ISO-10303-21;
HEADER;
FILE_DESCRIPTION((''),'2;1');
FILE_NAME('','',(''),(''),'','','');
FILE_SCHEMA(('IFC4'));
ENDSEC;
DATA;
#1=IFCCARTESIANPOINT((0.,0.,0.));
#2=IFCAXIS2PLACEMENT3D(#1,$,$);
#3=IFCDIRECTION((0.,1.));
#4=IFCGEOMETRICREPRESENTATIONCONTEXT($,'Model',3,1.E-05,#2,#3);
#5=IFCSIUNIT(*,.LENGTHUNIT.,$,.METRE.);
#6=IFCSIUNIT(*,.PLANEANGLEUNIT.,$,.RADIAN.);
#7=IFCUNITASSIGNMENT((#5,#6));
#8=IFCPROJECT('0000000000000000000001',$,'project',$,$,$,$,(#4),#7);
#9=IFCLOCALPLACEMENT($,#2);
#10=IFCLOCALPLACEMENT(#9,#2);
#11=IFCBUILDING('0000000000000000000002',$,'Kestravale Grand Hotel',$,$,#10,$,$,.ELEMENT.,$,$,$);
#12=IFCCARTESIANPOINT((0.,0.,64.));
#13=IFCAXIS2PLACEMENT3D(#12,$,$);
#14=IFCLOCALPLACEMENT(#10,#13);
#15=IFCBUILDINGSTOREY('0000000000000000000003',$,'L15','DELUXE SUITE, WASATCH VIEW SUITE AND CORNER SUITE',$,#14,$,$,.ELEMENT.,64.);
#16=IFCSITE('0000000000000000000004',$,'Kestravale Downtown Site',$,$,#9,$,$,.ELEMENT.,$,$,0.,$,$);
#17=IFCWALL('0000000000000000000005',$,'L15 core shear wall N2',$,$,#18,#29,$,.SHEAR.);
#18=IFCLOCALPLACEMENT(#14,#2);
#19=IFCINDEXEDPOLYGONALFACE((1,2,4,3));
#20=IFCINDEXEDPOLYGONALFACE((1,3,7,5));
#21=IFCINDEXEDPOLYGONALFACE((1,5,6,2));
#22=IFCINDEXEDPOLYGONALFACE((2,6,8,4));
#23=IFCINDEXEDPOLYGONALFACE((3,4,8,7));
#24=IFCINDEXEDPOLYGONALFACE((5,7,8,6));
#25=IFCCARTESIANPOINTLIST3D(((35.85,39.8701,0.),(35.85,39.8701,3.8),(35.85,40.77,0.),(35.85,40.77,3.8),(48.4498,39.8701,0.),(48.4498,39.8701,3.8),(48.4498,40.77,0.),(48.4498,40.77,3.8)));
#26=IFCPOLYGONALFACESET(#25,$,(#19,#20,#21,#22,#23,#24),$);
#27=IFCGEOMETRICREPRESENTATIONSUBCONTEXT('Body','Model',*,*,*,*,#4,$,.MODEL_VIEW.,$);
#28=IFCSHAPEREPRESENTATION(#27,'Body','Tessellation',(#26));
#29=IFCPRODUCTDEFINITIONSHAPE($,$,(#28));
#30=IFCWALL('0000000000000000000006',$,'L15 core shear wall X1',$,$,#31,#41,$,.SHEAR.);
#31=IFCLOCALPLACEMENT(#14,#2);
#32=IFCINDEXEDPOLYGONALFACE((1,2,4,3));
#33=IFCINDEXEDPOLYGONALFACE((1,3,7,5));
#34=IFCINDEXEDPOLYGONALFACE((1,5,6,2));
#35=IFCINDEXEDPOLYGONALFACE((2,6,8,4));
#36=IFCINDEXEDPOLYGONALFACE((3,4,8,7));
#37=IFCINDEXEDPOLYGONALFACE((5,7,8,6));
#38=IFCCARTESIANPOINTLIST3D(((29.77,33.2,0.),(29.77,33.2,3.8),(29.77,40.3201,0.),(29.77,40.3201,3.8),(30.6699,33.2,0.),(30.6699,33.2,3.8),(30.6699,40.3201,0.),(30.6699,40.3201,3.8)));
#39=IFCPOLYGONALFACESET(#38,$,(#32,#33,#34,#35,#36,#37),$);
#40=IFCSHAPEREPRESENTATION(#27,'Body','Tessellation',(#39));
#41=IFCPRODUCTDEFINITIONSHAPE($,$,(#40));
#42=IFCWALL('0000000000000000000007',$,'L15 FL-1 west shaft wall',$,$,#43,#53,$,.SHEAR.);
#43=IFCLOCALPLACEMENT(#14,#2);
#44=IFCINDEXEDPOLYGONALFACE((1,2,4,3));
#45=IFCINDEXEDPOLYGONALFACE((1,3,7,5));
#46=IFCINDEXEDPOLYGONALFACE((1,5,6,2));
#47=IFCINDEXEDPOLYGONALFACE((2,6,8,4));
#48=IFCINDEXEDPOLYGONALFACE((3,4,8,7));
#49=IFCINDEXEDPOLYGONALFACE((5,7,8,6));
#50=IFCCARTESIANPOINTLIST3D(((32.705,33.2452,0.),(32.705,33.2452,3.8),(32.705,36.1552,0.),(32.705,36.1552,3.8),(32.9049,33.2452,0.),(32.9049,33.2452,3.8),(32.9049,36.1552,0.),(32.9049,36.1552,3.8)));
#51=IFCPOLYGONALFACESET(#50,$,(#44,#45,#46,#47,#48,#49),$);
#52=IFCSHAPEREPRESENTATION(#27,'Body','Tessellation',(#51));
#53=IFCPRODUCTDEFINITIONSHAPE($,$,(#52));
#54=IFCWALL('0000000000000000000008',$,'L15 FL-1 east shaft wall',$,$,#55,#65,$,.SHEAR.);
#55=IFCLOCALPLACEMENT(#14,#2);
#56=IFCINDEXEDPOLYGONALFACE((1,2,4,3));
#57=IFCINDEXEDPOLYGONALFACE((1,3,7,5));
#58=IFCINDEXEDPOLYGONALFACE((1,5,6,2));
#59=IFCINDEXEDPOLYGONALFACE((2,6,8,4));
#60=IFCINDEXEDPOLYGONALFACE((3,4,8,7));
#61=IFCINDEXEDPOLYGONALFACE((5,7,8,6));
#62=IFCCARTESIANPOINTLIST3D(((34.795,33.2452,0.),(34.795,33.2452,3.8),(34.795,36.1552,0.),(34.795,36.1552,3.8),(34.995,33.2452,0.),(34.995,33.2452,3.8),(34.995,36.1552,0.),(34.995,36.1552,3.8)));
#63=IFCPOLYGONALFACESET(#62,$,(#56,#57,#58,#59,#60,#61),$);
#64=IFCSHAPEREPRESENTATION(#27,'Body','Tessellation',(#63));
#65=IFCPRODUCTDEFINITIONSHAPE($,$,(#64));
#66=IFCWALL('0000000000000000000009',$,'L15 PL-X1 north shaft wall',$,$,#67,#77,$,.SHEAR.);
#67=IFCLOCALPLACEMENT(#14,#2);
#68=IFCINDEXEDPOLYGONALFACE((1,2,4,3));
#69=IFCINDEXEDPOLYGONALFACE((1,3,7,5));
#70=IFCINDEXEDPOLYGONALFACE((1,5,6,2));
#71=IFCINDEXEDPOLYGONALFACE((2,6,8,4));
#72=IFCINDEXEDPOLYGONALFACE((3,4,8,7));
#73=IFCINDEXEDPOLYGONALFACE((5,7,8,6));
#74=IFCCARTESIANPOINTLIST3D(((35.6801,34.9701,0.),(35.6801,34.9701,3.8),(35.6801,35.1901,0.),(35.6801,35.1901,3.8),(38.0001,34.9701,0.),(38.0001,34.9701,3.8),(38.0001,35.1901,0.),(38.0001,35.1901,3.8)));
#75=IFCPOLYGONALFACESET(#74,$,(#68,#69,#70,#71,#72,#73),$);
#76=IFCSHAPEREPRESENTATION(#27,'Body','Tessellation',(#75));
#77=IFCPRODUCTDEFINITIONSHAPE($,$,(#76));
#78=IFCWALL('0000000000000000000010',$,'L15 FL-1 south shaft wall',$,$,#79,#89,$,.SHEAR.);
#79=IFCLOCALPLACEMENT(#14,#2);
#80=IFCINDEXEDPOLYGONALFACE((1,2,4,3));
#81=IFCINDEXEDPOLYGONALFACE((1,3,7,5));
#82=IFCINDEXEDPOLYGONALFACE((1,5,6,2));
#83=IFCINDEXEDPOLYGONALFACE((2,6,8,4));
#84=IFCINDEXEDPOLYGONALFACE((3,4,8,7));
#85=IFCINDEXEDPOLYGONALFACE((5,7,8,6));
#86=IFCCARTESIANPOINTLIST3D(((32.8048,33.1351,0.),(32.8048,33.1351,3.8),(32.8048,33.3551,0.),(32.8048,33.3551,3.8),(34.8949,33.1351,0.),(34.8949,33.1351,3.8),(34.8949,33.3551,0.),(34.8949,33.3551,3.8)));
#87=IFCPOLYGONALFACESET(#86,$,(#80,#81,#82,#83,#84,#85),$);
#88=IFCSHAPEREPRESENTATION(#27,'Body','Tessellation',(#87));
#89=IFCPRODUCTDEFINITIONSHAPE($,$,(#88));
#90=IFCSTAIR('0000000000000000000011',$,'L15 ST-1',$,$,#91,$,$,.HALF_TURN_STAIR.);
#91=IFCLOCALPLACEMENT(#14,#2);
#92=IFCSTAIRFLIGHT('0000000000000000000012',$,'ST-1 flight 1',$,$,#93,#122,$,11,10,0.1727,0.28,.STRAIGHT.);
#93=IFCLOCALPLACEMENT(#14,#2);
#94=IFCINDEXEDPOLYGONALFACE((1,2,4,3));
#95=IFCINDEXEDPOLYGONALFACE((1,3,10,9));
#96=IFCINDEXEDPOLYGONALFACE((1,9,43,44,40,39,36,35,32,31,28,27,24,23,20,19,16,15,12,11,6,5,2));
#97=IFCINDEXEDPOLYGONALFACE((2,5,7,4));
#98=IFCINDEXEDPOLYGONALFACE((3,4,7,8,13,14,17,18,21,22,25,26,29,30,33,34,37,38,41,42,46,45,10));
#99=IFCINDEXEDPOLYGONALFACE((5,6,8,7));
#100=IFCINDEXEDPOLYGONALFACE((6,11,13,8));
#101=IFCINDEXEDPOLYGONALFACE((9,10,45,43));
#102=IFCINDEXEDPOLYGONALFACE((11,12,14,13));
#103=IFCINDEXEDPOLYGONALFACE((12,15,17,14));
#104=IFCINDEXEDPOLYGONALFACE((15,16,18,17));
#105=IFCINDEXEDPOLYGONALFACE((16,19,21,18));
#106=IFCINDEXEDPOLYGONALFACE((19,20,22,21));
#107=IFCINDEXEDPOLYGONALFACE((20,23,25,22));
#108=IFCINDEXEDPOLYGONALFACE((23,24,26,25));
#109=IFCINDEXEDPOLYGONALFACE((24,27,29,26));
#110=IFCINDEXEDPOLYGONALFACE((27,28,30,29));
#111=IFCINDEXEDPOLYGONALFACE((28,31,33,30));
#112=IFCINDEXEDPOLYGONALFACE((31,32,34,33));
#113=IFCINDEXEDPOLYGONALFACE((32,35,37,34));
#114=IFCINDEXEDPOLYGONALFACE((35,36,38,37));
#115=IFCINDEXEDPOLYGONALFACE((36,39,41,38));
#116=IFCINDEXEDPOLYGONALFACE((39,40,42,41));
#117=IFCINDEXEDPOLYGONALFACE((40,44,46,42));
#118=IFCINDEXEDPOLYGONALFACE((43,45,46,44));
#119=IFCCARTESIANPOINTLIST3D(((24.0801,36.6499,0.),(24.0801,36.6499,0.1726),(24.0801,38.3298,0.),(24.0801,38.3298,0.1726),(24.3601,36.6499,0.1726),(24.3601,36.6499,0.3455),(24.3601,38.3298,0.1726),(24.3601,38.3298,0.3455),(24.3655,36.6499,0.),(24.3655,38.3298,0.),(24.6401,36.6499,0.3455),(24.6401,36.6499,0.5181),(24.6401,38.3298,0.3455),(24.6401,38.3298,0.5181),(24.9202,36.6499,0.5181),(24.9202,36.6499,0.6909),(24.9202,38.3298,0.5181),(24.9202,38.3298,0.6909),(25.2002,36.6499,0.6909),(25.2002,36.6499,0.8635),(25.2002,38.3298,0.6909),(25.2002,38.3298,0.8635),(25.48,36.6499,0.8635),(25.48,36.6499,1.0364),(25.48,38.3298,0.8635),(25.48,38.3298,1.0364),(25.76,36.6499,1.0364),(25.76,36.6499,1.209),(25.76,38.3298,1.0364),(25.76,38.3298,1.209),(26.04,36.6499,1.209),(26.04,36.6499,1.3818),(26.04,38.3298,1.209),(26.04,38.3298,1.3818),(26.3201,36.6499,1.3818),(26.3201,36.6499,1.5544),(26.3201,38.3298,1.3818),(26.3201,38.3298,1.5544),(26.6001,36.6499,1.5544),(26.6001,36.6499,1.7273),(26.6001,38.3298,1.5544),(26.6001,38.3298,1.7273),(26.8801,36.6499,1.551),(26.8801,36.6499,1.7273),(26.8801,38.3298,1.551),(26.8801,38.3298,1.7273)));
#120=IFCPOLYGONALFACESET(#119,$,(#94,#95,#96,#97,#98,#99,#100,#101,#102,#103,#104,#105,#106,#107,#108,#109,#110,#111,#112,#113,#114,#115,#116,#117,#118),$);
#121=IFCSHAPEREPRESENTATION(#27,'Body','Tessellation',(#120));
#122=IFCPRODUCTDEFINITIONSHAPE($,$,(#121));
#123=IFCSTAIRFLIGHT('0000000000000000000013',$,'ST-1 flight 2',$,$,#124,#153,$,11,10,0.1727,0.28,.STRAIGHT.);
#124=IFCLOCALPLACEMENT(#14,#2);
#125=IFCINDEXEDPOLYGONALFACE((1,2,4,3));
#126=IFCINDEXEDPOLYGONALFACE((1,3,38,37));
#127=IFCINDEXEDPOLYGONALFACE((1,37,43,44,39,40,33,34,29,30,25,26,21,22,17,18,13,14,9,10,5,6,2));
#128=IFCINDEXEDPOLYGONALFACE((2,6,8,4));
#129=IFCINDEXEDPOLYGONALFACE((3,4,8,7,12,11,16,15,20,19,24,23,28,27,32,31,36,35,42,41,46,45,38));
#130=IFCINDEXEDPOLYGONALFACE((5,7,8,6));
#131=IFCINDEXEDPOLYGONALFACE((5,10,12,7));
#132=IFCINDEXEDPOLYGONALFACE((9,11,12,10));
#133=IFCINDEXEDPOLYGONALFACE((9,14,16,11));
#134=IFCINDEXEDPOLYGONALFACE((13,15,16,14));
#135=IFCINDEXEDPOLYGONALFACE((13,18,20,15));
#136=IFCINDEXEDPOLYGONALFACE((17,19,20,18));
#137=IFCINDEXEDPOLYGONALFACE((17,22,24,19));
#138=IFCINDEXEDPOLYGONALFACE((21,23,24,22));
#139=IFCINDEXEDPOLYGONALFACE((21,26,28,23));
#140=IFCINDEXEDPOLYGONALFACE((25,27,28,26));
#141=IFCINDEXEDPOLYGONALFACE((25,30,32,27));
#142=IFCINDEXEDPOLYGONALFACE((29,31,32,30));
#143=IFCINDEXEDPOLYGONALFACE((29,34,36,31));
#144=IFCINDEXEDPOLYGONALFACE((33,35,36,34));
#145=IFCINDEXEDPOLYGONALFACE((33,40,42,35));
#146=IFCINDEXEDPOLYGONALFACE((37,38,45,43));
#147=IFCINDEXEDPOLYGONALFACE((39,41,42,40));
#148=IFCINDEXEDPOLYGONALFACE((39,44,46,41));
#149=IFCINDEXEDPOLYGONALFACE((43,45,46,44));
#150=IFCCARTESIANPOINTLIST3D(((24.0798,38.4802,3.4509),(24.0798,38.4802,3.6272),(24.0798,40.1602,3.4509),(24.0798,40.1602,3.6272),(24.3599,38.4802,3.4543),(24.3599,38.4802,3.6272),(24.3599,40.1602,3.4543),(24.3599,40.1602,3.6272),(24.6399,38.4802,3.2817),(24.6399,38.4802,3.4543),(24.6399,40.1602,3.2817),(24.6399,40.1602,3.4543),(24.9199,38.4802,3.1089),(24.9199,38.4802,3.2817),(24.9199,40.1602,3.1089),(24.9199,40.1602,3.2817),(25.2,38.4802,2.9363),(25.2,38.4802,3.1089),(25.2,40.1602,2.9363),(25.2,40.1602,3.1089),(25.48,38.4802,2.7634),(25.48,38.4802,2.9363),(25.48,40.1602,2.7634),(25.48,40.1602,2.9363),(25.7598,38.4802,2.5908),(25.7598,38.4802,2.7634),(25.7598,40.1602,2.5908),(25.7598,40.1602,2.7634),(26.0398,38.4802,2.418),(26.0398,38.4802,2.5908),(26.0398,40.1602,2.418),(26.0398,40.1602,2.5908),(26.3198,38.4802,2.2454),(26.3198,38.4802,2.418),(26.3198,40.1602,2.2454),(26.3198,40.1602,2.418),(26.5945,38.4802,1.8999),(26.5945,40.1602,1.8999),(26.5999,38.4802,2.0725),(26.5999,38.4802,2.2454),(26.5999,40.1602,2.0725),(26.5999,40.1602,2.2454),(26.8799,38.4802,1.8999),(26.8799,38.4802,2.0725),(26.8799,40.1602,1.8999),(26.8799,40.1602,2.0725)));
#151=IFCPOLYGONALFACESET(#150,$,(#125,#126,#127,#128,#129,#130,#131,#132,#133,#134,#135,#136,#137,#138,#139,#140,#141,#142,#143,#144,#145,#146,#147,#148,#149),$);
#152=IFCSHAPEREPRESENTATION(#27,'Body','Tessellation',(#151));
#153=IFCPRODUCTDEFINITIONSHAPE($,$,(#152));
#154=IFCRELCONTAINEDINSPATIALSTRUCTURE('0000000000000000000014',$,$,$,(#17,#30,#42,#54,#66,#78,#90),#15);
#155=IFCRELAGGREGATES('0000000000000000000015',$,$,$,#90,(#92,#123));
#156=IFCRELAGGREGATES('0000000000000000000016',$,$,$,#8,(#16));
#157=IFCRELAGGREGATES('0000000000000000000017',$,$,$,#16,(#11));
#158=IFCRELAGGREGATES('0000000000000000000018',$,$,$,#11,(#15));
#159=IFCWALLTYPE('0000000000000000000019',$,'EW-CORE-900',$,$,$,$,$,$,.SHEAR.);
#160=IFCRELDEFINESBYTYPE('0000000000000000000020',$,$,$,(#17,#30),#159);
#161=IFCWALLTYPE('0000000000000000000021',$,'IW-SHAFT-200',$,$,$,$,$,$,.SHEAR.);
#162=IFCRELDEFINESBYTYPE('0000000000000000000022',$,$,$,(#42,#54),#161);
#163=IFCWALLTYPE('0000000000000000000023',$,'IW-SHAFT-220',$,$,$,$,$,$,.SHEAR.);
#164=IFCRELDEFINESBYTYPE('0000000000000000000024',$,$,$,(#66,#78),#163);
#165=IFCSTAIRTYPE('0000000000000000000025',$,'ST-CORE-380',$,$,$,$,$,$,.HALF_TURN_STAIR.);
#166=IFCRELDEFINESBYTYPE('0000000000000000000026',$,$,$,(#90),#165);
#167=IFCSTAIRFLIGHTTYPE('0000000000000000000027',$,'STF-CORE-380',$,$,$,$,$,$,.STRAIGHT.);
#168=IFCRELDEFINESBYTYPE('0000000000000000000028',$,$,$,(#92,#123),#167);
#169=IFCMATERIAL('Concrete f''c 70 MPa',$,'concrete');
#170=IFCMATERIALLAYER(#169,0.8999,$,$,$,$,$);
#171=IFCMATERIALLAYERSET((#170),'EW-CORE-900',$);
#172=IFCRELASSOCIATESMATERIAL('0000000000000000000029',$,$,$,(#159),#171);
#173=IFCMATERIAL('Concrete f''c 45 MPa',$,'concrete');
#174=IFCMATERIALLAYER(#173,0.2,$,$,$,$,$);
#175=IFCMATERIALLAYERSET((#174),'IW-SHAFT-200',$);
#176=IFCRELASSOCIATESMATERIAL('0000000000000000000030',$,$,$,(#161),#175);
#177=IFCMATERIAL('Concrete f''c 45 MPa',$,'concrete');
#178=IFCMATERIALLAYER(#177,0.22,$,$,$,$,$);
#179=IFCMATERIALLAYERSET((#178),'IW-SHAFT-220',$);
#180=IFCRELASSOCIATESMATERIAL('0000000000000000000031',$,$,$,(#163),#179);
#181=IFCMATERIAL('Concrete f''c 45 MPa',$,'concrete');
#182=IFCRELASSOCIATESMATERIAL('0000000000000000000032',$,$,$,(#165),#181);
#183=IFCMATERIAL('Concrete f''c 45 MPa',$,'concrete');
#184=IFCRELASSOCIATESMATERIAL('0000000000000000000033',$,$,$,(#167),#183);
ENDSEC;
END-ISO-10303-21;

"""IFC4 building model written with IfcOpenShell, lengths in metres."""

from ifc_helpers import new_model, si_unit, direction, frame, frame_2d, origin, place, context, subcontext, project, spatial, polyline, rectangle, outline, extrude, material, layer, layer_set, type_object, element, aggregate, save


model = new_model("IFC4")

# Units and contexts
model_context = context("Model", 3, precision=1e-05, world=origin(), true_north=direction((0.0, 1.0)))
body_context = subcontext(model_context, "Body", "Model", "MODEL_VIEW")
ifc_project = project(units=[si_unit("LENGTHUNIT", "METRE"), si_unit("PLANEANGLEUNIT", "RADIAN")], contexts=[model_context])

# Site, building, storey
site_placement = place(None, origin())
site = spatial("IfcSite", under=ifc_project, at=site_placement, Name="Kestravale Downtown Site", CompositionType="ELEMENT", RefElevation=0.0)
building_placement = place(site_placement, origin())
building = spatial("IfcBuilding", under=site, at=building_placement, Name="Kestravale Grand Hotel", CompositionType="ELEMENT")
storey_placement = place(building_placement, frame((0.0, 0.0, 64.0)))
storey = spatial("IfcBuildingStorey", under=building, at=storey_placement, Name="L15", Description="DELUXE SUITE, WASATCH VIEW SUITE AND CORNER SUITE", CompositionType="ELEMENT", Elevation=64.0)

# Walls
ifc_material_1 = material(Name="Concrete f'c 70 MPa", Category="concrete")
ifc_layer_1 = layer(ifc_material_1, 0.8999)
ifc_layer_set_1 = layer_set([ifc_layer_1], Name="EW-CORE-900")
wall_type_1 = type_object("IfcWallType", Name="EW-CORE-900", PredefinedType="SHEAR", material=ifc_layer_set_1)
wall_1_placement = place(storey_placement, frame((35.8501, 40.3201, 0.0), z_axis=(0.0, 0.0, 1.0), x_axis=(1.0, 0.0, 0.0)))
element("IfcWall", 1, at=wall_1_placement, inside=storey, type_object=wall_type_1, Name="L15 core shear wall N2", PredefinedType="SHEAR", context=body_context, shape_type="SweptSolid", body=[
    extrude(rectangle(XDim=12.5999, YDim=0.8999, at=frame_2d((6.2998, 0.0))), origin(), (0.0, 0.0, 1.0), 3.8),
])
wall_2_placement = place(storey_placement, frame((30.22, 33.2, 0.0), z_axis=(0.0, 0.0, 1.0), x_axis=(0.0, 1.0, 0.0)))
element("IfcWall", 2, at=wall_2_placement, inside=storey, type_object=wall_type_1, Name="L15 core shear wall X1", PredefinedType="SHEAR", context=body_context, shape_type="SweptSolid", body=[
    extrude(rectangle(XDim=7.1201, YDim=0.8999, at=frame_2d((3.5601, 0.0))), origin(), (0.0, 0.0, 1.0), 3.8),
])

# Walls
ifc_material_2 = material(Name="Concrete f'c 45 MPa", Category="concrete")
ifc_layer_2 = layer(ifc_material_2, 0.2)
ifc_layer_set_2 = layer_set([ifc_layer_2], Name="IW-SHAFT-200")
wall_type_2 = type_object("IfcWallType", Name="IW-SHAFT-200", PredefinedType="SHEAR", material=ifc_layer_set_2)
for number, where, z_axis, x_axis, name in (
    (3, (32.8049, 33.2451, 0.0), (0.0, 0.0, 1.0), (0.0, 1.0, 0.0), "L15 FL-1 west shaft wall"),
    (4, (34.895, 33.2451, 0.0), (0.0, 0.0, 1.0), (0.0, 1.0, 0.0), "L15 FL-1 east shaft wall"),
):
    element("IfcWall", number, at=place(storey_placement, frame(where, z_axis=z_axis, x_axis=x_axis)), inside=storey, type_object=wall_type_2, Name=name, PredefinedType="SHEAR", context=body_context, shape_type="SweptSolid", body=[
        extrude(rectangle(XDim=2.9099, YDim=0.2, at=frame_2d((1.4551, 0.0))), origin(), (0.0, 0.0, 1.0), 3.8),
    ])
ifc_material_3 = material(Name="Concrete f'c 45 MPa", Category="concrete")
ifc_layer_3 = layer(ifc_material_3, 0.22)
ifc_layer_set_3 = layer_set([ifc_layer_3], Name="IW-SHAFT-220")
wall_type_3 = type_object("IfcWallType", Name="IW-SHAFT-220", PredefinedType="SHEAR", material=ifc_layer_set_3)
wall_3_placement = place(storey_placement, frame((35.6799, 35.0801, 0.0), z_axis=(0.0, 0.0, 1.0), x_axis=(1.0, 0.0, 0.0)))
element("IfcWall", 5, at=wall_3_placement, inside=storey, type_object=wall_type_3, Name="L15 PL-X1 north shaft wall", PredefinedType="SHEAR", context=body_context, shape_type="SweptSolid", body=[
    extrude(rectangle(XDim=2.3201, YDim=0.22, at=frame_2d((1.1602, 0.0))), origin(), (0.0, 0.0, 1.0), 3.8),
])

# Wall
wall_4_placement = place(storey_placement, frame((32.8049, 33.2451, 0.0), z_axis=(0.0, 0.0, 1.0), x_axis=(1.0, 0.0, 0.0)))
element("IfcWall", 6, at=wall_4_placement, inside=storey, type_object=wall_type_3, Name="L15 FL-1 south shaft wall", PredefinedType="SHEAR", context=body_context, shape_type="SweptSolid", body=[
    extrude(rectangle(XDim=2.0901, YDim=0.22, at=frame_2d((1.0449, 0.0))), origin(), (0.0, 0.0, 1.0), 3.8),
])

# Stair, stair flights
ifc_material_4 = material(Name="Concrete f'c 45 MPa", Category="concrete")
stair_type = type_object("IfcStairType", Name="ST-CORE-380", PredefinedType="HALF_TURN_STAIR", material=ifc_material_4)
stair_placement = place(storey_placement, origin())
stair = element("IfcStair", 7, at=stair_placement, inside=storey, type_object=stair_type, Name="L15 ST-1", PredefinedType="HALF_TURN_STAIR")
ifc_material_5 = material(Name="Concrete f'c 45 MPa", Category="concrete")
stair_flight_type = type_object("IfcStairFlightType", Name="STF-CORE-380", PredefinedType="STRAIGHT", material=ifc_material_5)
stair_flight_1_placement = place(storey_placement, frame((24.0801, 37.49, 0.0), z_axis=(0.0, 0.0, 1.0), x_axis=(1.0, 0.0, 0.0)))
stair_flight_1 = element("IfcStairFlight", 8, at=stair_flight_1_placement, type_object=stair_flight_type, Name="ST-1 flight 1", NumberOfRisers=11, NumberOfTreads=10, PredefinedType="STRAIGHT", RiserHeight=0.1727, TreadLength=0.28, context=body_context, shape_type="SweptSolid", body=[
    extrude(outline(polyline([(0.0, 0.0), (0.0, 0.1726), (0.28, 0.1726), (0.28, 0.3455), (0.5601, 0.3455), (0.5601, 0.5181), (0.8401, 0.5181), (0.8401, 0.6909), (1.1201, 0.6909), (1.1201, 0.8635), (1.3999, 0.8635), (1.3999, 1.0364), (1.6799, 1.0364), (1.6799, 1.209), (1.96, 1.209), (1.96, 1.3818), (2.24, 1.3818), (2.24, 1.5544), (2.52, 1.5544), (2.52, 1.7273), (2.8, 1.7273), (2.8, 1.8999), (2.8, 1.551), (0.2854, 0.0), (0.0, 0.0)])), frame((0.0, 0.8398, 0.0), z_axis=(0.0, -1.0, 0.0), x_axis=(1.0, 0.0, 0.0)), (0.0, 0.0, 1.0), 1.6799),
])
stair_flight_2_placement = place(storey_placement, frame((26.8799, 39.3201, 1.8999), z_axis=(0.0, 0.0, 1.0), x_axis=(-1.0, 0.0, 0.0)))
stair_flight_2 = element("IfcStairFlight", 9, at=stair_flight_2_placement, type_object=stair_flight_type, Name="ST-1 flight 2", NumberOfRisers=11, NumberOfTreads=10, PredefinedType="STRAIGHT", RiserHeight=0.1727, TreadLength=0.28, context=body_context, shape_type="SweptSolid", body=[
    extrude(outline(polyline([(0.0, 0.0), (0.0, 0.1726), (0.28, 0.1726), (0.28, 0.3455), (0.5601, 0.3455), (0.5601, 0.5181), (0.8401, 0.5181), (0.8401, 0.6909), (1.1201, 0.6909), (1.1201, 0.8635), (1.3999, 0.8635), (1.3999, 1.0364), (1.6799, 1.0364), (1.6799, 1.209), (1.96, 1.209), (1.96, 1.3818), (2.24, 1.3818), (2.24, 1.5544), (2.52, 1.5544), (2.52, 1.7273), (2.8, 1.7273), (2.8, 1.8999), (2.8, 1.551), (0.2854, 0.0), (0.0, 0.0)])), frame((0.0, 0.8398, 0.0), z_axis=(0.0, -1.0, 0.0), x_axis=(1.0, 0.0, 0.0)), (0.0, 0.0, 1.0), 1.6799),
])
aggregate(stair, [stair_flight_1, stair_flight_2])

save(model, "model.ifc")
